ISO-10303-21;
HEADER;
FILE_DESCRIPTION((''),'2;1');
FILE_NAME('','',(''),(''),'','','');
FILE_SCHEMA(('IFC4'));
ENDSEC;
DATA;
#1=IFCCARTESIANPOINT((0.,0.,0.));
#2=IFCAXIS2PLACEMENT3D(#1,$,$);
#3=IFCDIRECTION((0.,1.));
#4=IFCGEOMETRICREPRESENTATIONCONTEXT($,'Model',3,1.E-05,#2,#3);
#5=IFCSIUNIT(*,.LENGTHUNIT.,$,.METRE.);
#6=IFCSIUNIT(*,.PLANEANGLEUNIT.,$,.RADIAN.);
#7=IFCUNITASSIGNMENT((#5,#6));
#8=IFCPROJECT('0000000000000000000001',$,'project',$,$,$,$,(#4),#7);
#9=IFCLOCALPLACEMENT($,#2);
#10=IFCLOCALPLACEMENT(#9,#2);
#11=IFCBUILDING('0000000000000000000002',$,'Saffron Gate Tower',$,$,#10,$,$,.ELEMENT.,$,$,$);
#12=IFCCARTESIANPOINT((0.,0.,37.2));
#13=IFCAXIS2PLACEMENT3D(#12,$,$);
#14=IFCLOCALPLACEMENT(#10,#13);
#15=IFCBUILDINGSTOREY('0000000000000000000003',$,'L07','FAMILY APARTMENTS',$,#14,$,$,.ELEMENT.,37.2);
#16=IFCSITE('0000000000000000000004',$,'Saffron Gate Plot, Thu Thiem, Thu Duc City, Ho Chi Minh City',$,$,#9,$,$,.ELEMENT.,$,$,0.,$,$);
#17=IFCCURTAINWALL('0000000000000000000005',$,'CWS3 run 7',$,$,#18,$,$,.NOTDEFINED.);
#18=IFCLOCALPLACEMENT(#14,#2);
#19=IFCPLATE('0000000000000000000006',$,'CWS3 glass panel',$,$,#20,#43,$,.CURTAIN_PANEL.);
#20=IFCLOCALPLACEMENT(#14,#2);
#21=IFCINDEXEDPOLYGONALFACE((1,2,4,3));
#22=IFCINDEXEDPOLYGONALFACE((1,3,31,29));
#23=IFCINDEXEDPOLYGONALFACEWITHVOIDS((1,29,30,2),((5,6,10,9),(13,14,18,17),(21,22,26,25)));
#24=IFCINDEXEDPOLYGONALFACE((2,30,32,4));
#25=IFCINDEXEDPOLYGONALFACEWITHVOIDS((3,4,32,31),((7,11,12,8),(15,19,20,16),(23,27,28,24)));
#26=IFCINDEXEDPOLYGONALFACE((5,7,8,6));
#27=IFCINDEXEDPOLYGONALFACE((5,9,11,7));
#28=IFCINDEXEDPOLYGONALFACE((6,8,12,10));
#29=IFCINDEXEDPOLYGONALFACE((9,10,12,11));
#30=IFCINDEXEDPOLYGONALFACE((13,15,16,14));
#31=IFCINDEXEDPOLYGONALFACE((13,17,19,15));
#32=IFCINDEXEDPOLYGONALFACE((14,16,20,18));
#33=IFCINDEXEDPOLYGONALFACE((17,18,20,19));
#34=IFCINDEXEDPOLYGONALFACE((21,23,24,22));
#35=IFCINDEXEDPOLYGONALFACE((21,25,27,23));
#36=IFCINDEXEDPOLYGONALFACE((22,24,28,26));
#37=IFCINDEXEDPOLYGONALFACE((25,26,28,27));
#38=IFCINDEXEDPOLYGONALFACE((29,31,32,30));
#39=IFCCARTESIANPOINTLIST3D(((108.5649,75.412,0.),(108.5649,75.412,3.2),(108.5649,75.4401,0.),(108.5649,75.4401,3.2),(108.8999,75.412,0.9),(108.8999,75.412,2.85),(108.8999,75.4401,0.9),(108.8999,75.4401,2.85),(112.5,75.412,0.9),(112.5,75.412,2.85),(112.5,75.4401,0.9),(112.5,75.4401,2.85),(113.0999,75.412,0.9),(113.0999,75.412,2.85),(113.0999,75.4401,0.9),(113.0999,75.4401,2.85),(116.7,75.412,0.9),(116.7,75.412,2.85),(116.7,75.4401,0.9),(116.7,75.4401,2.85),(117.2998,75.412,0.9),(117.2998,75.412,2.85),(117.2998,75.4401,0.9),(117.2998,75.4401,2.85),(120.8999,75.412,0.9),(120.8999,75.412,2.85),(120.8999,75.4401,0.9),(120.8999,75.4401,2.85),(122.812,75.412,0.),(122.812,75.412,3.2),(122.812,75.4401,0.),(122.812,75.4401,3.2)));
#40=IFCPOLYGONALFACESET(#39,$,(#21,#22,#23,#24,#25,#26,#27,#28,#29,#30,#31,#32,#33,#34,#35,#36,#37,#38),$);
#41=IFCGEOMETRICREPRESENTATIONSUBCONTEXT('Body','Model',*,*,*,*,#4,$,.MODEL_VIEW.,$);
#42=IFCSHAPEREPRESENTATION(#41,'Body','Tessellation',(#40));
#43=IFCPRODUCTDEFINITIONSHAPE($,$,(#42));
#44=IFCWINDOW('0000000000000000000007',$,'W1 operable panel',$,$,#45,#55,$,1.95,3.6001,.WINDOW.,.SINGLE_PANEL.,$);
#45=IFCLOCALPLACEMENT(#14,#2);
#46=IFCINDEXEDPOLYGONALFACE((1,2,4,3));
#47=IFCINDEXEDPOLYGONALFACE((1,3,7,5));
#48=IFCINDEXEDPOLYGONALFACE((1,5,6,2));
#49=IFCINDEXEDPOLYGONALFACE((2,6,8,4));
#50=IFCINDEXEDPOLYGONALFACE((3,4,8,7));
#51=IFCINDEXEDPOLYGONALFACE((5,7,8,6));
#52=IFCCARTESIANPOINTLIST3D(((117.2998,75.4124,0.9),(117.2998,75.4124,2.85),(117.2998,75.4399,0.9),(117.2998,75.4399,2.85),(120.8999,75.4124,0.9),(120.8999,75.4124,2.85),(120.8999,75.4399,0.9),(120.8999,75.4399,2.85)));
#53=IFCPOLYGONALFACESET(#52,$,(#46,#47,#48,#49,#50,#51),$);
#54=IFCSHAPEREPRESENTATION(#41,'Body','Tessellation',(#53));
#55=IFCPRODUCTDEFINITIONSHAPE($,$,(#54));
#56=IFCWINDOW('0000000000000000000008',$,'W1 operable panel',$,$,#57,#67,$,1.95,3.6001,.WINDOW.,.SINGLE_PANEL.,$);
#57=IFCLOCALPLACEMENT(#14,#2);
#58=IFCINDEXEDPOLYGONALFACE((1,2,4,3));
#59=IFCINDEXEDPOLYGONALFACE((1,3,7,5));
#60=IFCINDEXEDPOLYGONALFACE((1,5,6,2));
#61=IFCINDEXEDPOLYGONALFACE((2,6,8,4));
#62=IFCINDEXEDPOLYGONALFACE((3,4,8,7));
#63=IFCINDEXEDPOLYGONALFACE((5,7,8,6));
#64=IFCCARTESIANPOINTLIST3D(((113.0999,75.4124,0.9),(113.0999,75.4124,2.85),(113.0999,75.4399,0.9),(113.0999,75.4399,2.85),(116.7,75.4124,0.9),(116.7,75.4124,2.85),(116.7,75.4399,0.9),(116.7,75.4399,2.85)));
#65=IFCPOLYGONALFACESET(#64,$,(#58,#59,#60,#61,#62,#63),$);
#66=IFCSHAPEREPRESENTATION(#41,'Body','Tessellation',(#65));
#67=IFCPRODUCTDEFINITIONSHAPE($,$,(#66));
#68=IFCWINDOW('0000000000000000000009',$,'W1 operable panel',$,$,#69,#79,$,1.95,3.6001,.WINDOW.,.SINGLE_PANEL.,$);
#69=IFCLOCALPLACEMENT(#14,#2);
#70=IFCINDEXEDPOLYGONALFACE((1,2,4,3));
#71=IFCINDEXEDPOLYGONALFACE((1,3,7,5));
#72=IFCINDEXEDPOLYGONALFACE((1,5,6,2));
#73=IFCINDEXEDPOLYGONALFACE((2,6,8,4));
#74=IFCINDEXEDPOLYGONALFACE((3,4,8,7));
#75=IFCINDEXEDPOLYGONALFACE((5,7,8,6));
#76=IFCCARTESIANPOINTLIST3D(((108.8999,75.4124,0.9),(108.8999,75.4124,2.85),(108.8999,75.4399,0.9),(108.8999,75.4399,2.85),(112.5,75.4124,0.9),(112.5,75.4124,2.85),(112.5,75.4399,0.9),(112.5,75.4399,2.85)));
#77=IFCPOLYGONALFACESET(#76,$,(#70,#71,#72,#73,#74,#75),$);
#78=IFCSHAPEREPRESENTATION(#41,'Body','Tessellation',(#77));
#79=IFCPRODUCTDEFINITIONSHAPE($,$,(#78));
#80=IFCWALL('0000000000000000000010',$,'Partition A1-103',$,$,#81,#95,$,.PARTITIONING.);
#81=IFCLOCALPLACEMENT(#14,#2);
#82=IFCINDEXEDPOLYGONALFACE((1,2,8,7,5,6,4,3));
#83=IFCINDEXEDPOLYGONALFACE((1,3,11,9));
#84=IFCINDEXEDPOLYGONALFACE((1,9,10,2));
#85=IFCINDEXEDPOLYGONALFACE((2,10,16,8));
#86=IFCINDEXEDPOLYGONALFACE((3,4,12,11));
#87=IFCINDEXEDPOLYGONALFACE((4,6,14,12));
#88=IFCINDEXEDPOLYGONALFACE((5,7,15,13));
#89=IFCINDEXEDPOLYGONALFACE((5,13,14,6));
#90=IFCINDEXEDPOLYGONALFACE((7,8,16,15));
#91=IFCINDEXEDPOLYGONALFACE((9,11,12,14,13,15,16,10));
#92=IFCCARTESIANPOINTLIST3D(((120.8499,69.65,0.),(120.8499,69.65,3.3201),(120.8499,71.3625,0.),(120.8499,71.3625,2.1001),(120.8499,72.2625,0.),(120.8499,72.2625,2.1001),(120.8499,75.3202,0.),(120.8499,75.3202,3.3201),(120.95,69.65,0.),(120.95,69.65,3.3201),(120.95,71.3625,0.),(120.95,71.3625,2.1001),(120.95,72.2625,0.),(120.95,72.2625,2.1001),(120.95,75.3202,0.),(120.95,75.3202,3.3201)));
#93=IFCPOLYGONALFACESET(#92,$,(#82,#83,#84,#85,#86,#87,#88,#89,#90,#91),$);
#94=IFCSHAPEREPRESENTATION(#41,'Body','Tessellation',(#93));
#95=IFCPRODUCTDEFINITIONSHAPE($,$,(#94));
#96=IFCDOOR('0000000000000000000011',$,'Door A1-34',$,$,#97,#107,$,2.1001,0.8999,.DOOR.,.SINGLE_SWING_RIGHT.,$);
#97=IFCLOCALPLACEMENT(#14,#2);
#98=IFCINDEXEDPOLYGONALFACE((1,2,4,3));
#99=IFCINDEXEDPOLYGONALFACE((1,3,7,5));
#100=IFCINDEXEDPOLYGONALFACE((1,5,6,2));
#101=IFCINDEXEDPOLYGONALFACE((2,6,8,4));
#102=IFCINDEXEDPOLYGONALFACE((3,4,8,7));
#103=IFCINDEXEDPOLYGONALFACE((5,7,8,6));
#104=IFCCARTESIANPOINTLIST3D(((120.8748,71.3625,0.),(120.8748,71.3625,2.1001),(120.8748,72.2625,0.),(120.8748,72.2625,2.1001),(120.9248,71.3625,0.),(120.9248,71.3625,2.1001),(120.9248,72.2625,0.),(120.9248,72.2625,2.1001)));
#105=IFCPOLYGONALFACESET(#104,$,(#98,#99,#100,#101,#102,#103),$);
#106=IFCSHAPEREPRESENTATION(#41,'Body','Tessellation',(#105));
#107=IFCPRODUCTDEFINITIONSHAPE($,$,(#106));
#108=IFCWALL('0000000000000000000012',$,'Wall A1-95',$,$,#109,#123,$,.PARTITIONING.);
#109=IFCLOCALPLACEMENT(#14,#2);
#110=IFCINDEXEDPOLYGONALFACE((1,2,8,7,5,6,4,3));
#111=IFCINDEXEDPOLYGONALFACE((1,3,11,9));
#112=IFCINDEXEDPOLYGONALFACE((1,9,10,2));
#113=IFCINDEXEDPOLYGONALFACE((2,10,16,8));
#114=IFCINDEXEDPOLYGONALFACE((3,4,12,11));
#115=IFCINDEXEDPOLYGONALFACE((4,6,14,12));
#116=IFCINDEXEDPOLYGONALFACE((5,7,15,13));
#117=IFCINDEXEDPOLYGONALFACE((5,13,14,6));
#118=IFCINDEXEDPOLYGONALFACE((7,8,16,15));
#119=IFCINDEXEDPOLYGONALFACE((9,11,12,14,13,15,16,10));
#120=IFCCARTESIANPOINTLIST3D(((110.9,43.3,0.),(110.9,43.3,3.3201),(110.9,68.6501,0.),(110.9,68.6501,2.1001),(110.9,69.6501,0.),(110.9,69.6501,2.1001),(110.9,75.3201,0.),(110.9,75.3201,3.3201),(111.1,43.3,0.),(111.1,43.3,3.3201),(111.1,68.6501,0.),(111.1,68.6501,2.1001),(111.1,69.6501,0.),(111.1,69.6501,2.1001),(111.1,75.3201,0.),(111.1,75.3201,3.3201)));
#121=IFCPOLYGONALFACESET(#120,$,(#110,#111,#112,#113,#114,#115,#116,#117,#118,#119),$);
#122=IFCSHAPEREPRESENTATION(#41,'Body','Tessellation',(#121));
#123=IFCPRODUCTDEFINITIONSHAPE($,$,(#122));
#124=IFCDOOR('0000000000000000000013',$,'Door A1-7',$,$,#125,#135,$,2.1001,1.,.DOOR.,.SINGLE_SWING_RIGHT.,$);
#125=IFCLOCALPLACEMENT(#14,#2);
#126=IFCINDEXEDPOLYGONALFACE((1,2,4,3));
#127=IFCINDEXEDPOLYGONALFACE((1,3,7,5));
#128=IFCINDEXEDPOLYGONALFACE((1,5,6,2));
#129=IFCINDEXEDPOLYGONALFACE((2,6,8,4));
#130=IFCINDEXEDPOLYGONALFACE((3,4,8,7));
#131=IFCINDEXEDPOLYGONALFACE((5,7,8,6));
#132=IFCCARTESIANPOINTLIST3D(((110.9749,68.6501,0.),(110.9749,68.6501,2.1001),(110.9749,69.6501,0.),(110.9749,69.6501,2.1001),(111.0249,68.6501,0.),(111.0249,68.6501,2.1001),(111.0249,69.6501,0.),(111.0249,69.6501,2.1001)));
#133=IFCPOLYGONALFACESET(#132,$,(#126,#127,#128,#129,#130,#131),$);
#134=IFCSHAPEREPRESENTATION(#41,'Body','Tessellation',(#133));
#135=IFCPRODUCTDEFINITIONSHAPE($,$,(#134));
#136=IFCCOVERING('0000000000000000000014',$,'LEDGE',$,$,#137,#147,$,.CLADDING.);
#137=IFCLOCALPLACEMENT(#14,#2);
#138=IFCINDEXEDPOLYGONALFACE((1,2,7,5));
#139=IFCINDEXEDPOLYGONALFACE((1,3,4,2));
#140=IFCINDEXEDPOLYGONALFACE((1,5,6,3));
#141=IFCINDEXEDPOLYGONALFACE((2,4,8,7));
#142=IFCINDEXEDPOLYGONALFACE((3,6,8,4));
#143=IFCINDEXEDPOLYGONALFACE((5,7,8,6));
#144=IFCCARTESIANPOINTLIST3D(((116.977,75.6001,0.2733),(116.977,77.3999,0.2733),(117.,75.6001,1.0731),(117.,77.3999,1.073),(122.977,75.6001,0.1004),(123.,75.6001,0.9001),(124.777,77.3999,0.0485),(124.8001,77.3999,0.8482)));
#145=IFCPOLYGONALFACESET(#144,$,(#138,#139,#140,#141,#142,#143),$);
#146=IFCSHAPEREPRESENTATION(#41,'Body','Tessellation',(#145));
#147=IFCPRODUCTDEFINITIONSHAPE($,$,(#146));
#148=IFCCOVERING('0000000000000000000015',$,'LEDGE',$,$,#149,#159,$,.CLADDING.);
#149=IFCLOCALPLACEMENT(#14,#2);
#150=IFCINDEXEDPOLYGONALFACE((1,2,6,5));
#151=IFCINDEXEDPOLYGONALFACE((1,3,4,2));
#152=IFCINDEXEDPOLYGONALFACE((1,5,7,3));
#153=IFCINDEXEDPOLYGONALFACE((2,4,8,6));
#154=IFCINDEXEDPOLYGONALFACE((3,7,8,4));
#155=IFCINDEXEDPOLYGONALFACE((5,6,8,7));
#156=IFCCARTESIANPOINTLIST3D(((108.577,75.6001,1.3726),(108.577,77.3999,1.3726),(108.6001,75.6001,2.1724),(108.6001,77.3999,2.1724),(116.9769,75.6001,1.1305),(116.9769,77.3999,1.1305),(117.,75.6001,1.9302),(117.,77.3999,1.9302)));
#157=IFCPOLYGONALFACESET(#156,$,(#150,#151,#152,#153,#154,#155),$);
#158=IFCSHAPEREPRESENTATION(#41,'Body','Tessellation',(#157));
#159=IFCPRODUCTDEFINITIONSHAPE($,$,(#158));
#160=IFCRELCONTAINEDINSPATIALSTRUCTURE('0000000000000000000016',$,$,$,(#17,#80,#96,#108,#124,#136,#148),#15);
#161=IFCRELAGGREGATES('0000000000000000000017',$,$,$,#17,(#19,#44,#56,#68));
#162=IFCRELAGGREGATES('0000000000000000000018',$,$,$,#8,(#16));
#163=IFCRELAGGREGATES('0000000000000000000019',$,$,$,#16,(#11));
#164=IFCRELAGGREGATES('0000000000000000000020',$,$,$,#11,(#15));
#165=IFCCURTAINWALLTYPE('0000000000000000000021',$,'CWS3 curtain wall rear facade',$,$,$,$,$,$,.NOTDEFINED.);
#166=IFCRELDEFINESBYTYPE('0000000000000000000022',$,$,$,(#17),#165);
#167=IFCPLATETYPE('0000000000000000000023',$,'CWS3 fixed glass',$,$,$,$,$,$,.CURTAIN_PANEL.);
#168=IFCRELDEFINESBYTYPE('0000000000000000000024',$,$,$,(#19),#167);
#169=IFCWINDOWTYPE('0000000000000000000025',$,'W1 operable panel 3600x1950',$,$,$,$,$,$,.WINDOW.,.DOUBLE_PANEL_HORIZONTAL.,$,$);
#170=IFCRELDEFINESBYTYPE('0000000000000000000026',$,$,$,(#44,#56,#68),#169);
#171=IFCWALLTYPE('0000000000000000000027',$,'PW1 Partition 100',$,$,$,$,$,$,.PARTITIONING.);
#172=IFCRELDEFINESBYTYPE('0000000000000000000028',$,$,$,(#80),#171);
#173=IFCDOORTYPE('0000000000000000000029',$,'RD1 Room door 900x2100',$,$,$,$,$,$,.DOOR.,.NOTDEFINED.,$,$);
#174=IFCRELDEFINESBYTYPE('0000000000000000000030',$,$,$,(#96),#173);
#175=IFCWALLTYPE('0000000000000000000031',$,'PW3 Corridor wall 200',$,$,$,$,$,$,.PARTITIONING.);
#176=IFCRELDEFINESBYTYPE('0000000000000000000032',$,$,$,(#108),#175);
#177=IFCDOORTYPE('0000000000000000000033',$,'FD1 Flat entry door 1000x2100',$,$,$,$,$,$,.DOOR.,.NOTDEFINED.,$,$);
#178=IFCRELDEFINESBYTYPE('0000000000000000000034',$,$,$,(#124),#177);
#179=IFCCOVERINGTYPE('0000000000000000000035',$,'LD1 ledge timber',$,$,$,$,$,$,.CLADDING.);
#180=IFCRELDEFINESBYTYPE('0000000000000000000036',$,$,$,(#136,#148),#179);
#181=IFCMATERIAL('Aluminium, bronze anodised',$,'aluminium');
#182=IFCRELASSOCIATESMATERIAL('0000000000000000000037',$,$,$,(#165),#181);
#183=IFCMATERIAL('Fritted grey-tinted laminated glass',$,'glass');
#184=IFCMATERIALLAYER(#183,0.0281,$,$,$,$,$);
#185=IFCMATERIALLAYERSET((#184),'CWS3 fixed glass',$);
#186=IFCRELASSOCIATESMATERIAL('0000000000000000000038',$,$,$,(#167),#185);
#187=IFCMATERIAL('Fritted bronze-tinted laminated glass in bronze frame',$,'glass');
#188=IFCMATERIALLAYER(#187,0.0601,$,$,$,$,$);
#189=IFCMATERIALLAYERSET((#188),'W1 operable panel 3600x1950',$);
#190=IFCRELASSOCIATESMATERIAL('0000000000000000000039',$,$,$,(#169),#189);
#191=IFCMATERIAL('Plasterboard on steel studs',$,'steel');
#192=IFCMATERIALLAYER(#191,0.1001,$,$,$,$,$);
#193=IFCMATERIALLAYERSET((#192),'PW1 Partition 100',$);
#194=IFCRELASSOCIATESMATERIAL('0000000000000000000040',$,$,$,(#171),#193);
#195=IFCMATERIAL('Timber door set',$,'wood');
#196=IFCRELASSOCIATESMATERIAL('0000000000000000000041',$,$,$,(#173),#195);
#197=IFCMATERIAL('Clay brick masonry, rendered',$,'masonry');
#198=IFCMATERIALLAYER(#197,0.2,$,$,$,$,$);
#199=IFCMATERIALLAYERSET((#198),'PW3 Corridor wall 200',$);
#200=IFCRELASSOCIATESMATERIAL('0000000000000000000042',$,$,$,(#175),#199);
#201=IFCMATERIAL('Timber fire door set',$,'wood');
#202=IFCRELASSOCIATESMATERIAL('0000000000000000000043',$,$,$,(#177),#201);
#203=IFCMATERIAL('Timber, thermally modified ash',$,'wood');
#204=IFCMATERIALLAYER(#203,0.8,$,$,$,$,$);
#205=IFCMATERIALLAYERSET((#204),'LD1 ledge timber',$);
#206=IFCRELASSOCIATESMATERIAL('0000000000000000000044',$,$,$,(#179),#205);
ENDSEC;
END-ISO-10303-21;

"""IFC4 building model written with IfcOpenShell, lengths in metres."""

from ifc_helpers import new_model, si_unit, direction, frame, frame_2d, origin, place, context, subcontext, project, spatial, polyline, rectangle, outline, extrude, material, layer, layer_set, type_object, element, fill, aggregate, save


model = new_model("IFC4")

# Units and contexts
model_context = context("Model", 3, precision=1e-05, world=origin(), true_north=direction((0.0, 1.0)))
body_context = subcontext(model_context, "Body", "Model", "MODEL_VIEW")
ifc_project = project(units=[si_unit("LENGTHUNIT", "METRE"), si_unit("PLANEANGLEUNIT", "RADIAN")], contexts=[model_context])

# Site, building, storey
site_placement = place(None, origin())
site = spatial("IfcSite", under=ifc_project, at=site_placement, Name="Saffron Gate Plot, Thu Thiem, Thu Duc City, Ho Chi Minh City", CompositionType="ELEMENT", RefElevation=0.0)
building_placement = place(site_placement, origin())
building = spatial("IfcBuilding", under=site, at=building_placement, Name="Saffron Gate Tower", CompositionType="ELEMENT")
storey_placement = place(building_placement, frame((0.0, 0.0, 37.2)))
storey = spatial("IfcBuildingStorey", under=building, at=storey_placement, Name="L07", Description="FAMILY APARTMENTS", CompositionType="ELEMENT", Elevation=37.2)

# Curtain wall
ifc_material_1 = material(Name="Aluminium, bronze anodised", Category="aluminium")
curtain_wall_type_1 = type_object("IfcCurtainWallType", Name="CWS3 curtain wall rear facade", PredefinedType="NOTDEFINED", material=ifc_material_1)
curtain_wall_1_placement = place(storey_placement, origin())
curtain_wall_1 = element("IfcCurtainWall", 1, at=curtain_wall_1_placement, inside=storey, type_object=curtain_wall_type_1, Name="CWS3 run 7", PredefinedType="NOTDEFINED")

# Plate, openings, windows
ifc_material_2 = material(Name="Fritted grey-tinted laminated glass", Category="glass")
ifc_layer_1 = layer(ifc_material_2, 0.0281)
ifc_layer_set_1 = layer_set([ifc_layer_1], Name="CWS3 fixed glass")
plate_type = type_object("IfcPlateType", Name="CWS3 fixed glass", PredefinedType="CURTAIN_PANEL", material=ifc_layer_set_1)
plate_placement = place(storey_placement, frame((122.812, 75.426, 0.0), z_axis=(0.0, 0.0, 1.0), x_axis=(-1.0, 0.0, 0.0)))
plate = element("IfcPlate", 2, at=plate_placement, type_object=plate_type, Name="CWS3 glass panel", PredefinedType="CURTAIN_PANEL", context=body_context, shape_type="SweptSolid", body=[
    extrude(rectangle(XDim=14.2471, YDim=0.0281, at=frame_2d((7.1235, 0.0))), origin(), (0.0, 0.0, 1.0), 3.2),
])
opening_1_placement = place(plate_placement, frame((1.9121, 0.0, 0.8999)))
opening_1 = element("IfcOpeningElement", 3, at=opening_1_placement, cuts=plate, PredefinedType="OPENING", context=body_context, shape_type="SweptSolid", body=[
    extrude(rectangle(XDim=3.6001, YDim=1.95, at=frame_2d((1.8, 0.9751))), frame((0.0, 0.0239, 0.0), z_axis=(0.0, -1.0, 0.0), x_axis=(1.0, 0.0, 0.0)), (0.0, 0.0, 1.0), 0.0481),
])
opening_2_placement = place(plate_placement, frame((6.1121, 0.0, 0.8999)))
opening_2 = element("IfcOpeningElement", 4, at=opening_2_placement, cuts=plate, PredefinedType="OPENING", context=body_context, shape_type="SweptSolid", body=[
    extrude(rectangle(XDim=3.6001, YDim=1.95, at=frame_2d((1.8, 0.9751))), frame((0.0, 0.0239, 0.0), z_axis=(0.0, -1.0, 0.0), x_axis=(1.0, 0.0, 0.0)), (0.0, 0.0, 1.0), 0.0481),
])
opening_3_placement = place(plate_placement, frame((10.312, 0.0, 0.8999)))
opening_3 = element("IfcOpeningElement", 5, at=opening_3_placement, cuts=plate, PredefinedType="OPENING", context=body_context, shape_type="SweptSolid", body=[
    extrude(rectangle(XDim=3.6001, YDim=1.95, at=frame_2d((1.8, 0.9751))), frame((0.0, 0.0239, 0.0), z_axis=(0.0, -1.0, 0.0), x_axis=(1.0, 0.0, 0.0)), (0.0, 0.0, 1.0), 0.0481),
])
ifc_material_3 = material(Name="Fritted bronze-tinted laminated glass in bronze frame", Category="glass")
ifc_layer_2 = layer(ifc_material_3, 0.0601)
ifc_layer_set_2 = layer_set([ifc_layer_2], Name="W1 operable panel 3600x1950")
window_type = type_object("IfcWindowType", Name="W1 operable panel 3600x1950", PartitioningType="DOUBLE_PANEL_HORIZONTAL", PredefinedType="WINDOW", material=ifc_layer_set_2)
window_1_placement = place(opening_1_placement, origin())
window_1 = element("IfcWindow", 6, at=window_1_placement, type_object=window_type, Name="W1 operable panel", OverallHeight=1.95, OverallWidth=3.6001, PartitioningType="SINGLE_PANEL", PredefinedType="WINDOW", context=body_context, shape_type="SweptSolid", body=[
    extrude(rectangle(XDim=3.6001, YDim=1.95, at=frame_2d((1.8, 0.9751))), frame((0.0, 0.0137, 0.0), z_axis=(0.0, -1.0, 0.0), x_axis=(1.0, 0.0, 0.0)), (0.0, 0.0, 1.0), 0.0276),
])
fill(opening_1, window_1)
window_2_placement = place(opening_2_placement, origin())
window_2 = element("IfcWindow", 7, at=window_2_placement, type_object=window_type, Name="W1 operable panel", OverallHeight=1.95, OverallWidth=3.6001, PartitioningType="SINGLE_PANEL", PredefinedType="WINDOW", context=body_context, shape_type="SweptSolid", body=[
    extrude(rectangle(XDim=3.6001, YDim=1.95, at=frame_2d((1.8, 0.9751))), frame((0.0, 0.0137, 0.0), z_axis=(0.0, -1.0, 0.0), x_axis=(1.0, 0.0, 0.0)), (0.0, 0.0, 1.0), 0.0276),
])
fill(opening_2, window_2)
window_3_placement = place(opening_3_placement, origin())
window_3 = element("IfcWindow", 8, at=window_3_placement, type_object=window_type, Name="W1 operable panel", OverallHeight=1.95, OverallWidth=3.6001, PartitioningType="SINGLE_PANEL", PredefinedType="WINDOW", context=body_context, shape_type="SweptSolid", body=[
    extrude(rectangle(XDim=3.6001, YDim=1.95, at=frame_2d((1.8, 0.9751))), frame((0.0, 0.0137, 0.0), z_axis=(0.0, -1.0, 0.0), x_axis=(1.0, 0.0, 0.0)), (0.0, 0.0, 1.0), 0.0276),
])
fill(opening_3, window_3)
aggregate(curtain_wall_1, [plate, window_1, window_2, window_3])

# Walls, openings, doors
ifc_material_4 = material(Name="Plasterboard on steel studs", Category="steel")
ifc_layer_3 = layer(ifc_material_4, 0.1001)
ifc_layer_set_3 = layer_set([ifc_layer_3], Name="PW1 Partition 100")
wall_type_1 = type_object("IfcWallType", Name="PW1 Partition 100", PredefinedType="PARTITIONING", material=ifc_layer_set_3)
wall_1_placement = place(storey_placement, frame((120.8999, 75.3201, 0.0), z_axis=(0.0, 0.0, 1.0), x_axis=(0.0, -1.0, 0.0)))
wall_1 = element("IfcWall", 9, at=wall_1_placement, inside=storey, type_object=wall_type_1, Name="Partition A1-103", PredefinedType="PARTITIONING", context=body_context, shape_type="SweptSolid", body=[
    extrude(rectangle(XDim=5.6702, YDim=0.1001, at=frame_2d((2.835, 0.0))), origin(), (0.0, 0.0, 1.0), 3.3201),
])
opening_4_placement = place(wall_1_placement, frame((3.0576, 0.0, 0.0)))
opening_4 = element("IfcOpeningElement", 10, at=opening_4_placement, cuts=wall_1, PredefinedType="OPENING", context=body_context, shape_type="SweptSolid", body=[
    extrude(rectangle(XDim=0.8999, YDim=2.1001, at=frame_2d((0.45, 1.05))), frame((0.0, 0.0601, 0.0), z_axis=(0.0, -1.0, 0.0), x_axis=(1.0, 0.0, 0.0)), (0.0, 0.0, 1.0), 0.1201),
])
ifc_material_5 = material(Name="Timber door set", Category="wood")
door_type_1 = type_object("IfcDoorType", Name="RD1 Room door 900x2100", OperationType="NOTDEFINED", PredefinedType="DOOR", material=ifc_material_5)
door_1_placement = place(opening_4_placement, origin())
door_1 = element("IfcDoor", 11, at=door_1_placement, inside=storey, type_object=door_type_1, Name="Door A1-34", OperationType="SINGLE_SWING_RIGHT", OverallHeight=2.1001, OverallWidth=0.8999, PredefinedType="DOOR", context=body_context, shape_type="SweptSolid", body=[
    extrude(rectangle(XDim=0.8999, YDim=2.1001, at=frame_2d((0.45, 1.05))), frame((0.0, 0.0249, 0.0), z_axis=(0.0, -1.0, 0.0), x_axis=(1.0, 0.0, 0.0)), (0.0, 0.0, 1.0), 0.05),
])
fill(opening_4, door_1)
ifc_material_6 = material(Name="Clay brick masonry, rendered", Category="masonry")
ifc_layer_4 = layer(ifc_material_6, 0.2)
ifc_layer_set_4 = layer_set([ifc_layer_4], Name="PW3 Corridor wall 200")
wall_type_2 = type_object("IfcWallType", Name="PW3 Corridor wall 200", PredefinedType="PARTITIONING", material=ifc_layer_set_4)
wall_2_placement = place(storey_placement, frame((111.0, 75.3201, 0.0), z_axis=(0.0, 0.0, 1.0), x_axis=(0.0, -1.0, 0.0)))
wall_2 = element("IfcWall", 12, at=wall_2_placement, inside=storey, type_object=wall_type_2, Name="Wall A1-95", PredefinedType="PARTITIONING", context=body_context, shape_type="SweptSolid", body=[
    extrude(rectangle(XDim=32.02, YDim=0.2, at=frame_2d((16.01, 0.0))), origin(), (0.0, 0.0, 1.0), 3.3201),
])
opening_5_placement = place(wall_2_placement, frame((5.6699, 0.0, 0.0)))
opening_5 = element("IfcOpeningElement", 13, at=opening_5_placement, cuts=wall_2, PredefinedType="OPENING", context=body_context, shape_type="SweptSolid", body=[
    extrude(rectangle(XDim=1.0, YDim=2.1001, at=frame_2d((0.5, 1.05))), frame((0.0, 0.1099, 0.0), z_axis=(0.0, -1.0, 0.0), x_axis=(1.0, 0.0, 0.0)), (0.0, 0.0, 1.0), 0.22),
])
ifc_material_7 = material(Name="Timber fire door set", Category="wood")
door_type_2 = type_object("IfcDoorType", Name="FD1 Flat entry door 1000x2100", OperationType="NOTDEFINED", PredefinedType="DOOR", material=ifc_material_7)
door_2_placement = place(opening_5_placement, origin())
door_2 = element("IfcDoor", 14, at=door_2_placement, inside=storey, type_object=door_type_2, Name="Door A1-7", OperationType="SINGLE_SWING_RIGHT", OverallHeight=2.1001, OverallWidth=1.0, PredefinedType="DOOR", context=body_context, shape_type="SweptSolid", body=[
    extrude(rectangle(XDim=1.0, YDim=2.1001, at=frame_2d((0.5, 1.05))), frame((0.0, 0.0249, 0.0), z_axis=(0.0, -1.0, 0.0), x_axis=(1.0, 0.0, 0.0)), (0.0, 0.0, 1.0), 0.05),
])
fill(opening_5, door_2)

# Coverings
ifc_material_8 = material(Name="Timber, thermally modified ash", Category="wood")
ifc_layer_5 = layer(ifc_material_8, 0.8)
ifc_layer_set_5 = layer_set([ifc_layer_5], Name="LD1 ledge timber")
covering_type_1 = type_object("IfcCoveringType", Name="LD1 ledge timber", PredefinedType="CLADDING", material=ifc_layer_set_5)
covering_1_placement = place(storey_placement, frame((123.0, 75.6001, 0.9001), z_axis=(0.028807, 0.000035, 0.999585), x_axis=(-0.999585, 0.0, 0.028807)))
element("IfcCovering", 15, at=covering_1_placement, inside=storey, type_object=covering_type_1, Name="LEDGE", PredefinedType="CLADDING", context=body_context, shape_type="SweptSolid", body=[
    extrude(outline(polyline([(0.0, 0.0), (6.0025, 0.0), (6.0025, -1.7998), (-1.8008, -1.7998), (0.0, 0.0)])), origin(), (0.0, 0.0, -1.0), 0.8),
])
covering_2_placement = place(storey_placement, frame((117.0, 75.6001, 1.9302), z_axis=(0.02882, 0.0, 0.999585), x_axis=(-0.999585, 0.0, 0.02882)))
element("IfcCovering", 16, at=covering_2_placement, inside=storey, type_object=covering_type_1, Name="LEDGE", PredefinedType="CLADDING", context=body_context, shape_type="SweptSolid", body=[
    extrude(outline(polyline([(0.0, 0.0), (8.4034, 0.0), (8.4034, -1.7998), (0.0, -1.7998), (0.0, 0.0)])), origin(), (0.0, 0.0, -1.0), 0.8),
])

save(model, "model.ifc")
